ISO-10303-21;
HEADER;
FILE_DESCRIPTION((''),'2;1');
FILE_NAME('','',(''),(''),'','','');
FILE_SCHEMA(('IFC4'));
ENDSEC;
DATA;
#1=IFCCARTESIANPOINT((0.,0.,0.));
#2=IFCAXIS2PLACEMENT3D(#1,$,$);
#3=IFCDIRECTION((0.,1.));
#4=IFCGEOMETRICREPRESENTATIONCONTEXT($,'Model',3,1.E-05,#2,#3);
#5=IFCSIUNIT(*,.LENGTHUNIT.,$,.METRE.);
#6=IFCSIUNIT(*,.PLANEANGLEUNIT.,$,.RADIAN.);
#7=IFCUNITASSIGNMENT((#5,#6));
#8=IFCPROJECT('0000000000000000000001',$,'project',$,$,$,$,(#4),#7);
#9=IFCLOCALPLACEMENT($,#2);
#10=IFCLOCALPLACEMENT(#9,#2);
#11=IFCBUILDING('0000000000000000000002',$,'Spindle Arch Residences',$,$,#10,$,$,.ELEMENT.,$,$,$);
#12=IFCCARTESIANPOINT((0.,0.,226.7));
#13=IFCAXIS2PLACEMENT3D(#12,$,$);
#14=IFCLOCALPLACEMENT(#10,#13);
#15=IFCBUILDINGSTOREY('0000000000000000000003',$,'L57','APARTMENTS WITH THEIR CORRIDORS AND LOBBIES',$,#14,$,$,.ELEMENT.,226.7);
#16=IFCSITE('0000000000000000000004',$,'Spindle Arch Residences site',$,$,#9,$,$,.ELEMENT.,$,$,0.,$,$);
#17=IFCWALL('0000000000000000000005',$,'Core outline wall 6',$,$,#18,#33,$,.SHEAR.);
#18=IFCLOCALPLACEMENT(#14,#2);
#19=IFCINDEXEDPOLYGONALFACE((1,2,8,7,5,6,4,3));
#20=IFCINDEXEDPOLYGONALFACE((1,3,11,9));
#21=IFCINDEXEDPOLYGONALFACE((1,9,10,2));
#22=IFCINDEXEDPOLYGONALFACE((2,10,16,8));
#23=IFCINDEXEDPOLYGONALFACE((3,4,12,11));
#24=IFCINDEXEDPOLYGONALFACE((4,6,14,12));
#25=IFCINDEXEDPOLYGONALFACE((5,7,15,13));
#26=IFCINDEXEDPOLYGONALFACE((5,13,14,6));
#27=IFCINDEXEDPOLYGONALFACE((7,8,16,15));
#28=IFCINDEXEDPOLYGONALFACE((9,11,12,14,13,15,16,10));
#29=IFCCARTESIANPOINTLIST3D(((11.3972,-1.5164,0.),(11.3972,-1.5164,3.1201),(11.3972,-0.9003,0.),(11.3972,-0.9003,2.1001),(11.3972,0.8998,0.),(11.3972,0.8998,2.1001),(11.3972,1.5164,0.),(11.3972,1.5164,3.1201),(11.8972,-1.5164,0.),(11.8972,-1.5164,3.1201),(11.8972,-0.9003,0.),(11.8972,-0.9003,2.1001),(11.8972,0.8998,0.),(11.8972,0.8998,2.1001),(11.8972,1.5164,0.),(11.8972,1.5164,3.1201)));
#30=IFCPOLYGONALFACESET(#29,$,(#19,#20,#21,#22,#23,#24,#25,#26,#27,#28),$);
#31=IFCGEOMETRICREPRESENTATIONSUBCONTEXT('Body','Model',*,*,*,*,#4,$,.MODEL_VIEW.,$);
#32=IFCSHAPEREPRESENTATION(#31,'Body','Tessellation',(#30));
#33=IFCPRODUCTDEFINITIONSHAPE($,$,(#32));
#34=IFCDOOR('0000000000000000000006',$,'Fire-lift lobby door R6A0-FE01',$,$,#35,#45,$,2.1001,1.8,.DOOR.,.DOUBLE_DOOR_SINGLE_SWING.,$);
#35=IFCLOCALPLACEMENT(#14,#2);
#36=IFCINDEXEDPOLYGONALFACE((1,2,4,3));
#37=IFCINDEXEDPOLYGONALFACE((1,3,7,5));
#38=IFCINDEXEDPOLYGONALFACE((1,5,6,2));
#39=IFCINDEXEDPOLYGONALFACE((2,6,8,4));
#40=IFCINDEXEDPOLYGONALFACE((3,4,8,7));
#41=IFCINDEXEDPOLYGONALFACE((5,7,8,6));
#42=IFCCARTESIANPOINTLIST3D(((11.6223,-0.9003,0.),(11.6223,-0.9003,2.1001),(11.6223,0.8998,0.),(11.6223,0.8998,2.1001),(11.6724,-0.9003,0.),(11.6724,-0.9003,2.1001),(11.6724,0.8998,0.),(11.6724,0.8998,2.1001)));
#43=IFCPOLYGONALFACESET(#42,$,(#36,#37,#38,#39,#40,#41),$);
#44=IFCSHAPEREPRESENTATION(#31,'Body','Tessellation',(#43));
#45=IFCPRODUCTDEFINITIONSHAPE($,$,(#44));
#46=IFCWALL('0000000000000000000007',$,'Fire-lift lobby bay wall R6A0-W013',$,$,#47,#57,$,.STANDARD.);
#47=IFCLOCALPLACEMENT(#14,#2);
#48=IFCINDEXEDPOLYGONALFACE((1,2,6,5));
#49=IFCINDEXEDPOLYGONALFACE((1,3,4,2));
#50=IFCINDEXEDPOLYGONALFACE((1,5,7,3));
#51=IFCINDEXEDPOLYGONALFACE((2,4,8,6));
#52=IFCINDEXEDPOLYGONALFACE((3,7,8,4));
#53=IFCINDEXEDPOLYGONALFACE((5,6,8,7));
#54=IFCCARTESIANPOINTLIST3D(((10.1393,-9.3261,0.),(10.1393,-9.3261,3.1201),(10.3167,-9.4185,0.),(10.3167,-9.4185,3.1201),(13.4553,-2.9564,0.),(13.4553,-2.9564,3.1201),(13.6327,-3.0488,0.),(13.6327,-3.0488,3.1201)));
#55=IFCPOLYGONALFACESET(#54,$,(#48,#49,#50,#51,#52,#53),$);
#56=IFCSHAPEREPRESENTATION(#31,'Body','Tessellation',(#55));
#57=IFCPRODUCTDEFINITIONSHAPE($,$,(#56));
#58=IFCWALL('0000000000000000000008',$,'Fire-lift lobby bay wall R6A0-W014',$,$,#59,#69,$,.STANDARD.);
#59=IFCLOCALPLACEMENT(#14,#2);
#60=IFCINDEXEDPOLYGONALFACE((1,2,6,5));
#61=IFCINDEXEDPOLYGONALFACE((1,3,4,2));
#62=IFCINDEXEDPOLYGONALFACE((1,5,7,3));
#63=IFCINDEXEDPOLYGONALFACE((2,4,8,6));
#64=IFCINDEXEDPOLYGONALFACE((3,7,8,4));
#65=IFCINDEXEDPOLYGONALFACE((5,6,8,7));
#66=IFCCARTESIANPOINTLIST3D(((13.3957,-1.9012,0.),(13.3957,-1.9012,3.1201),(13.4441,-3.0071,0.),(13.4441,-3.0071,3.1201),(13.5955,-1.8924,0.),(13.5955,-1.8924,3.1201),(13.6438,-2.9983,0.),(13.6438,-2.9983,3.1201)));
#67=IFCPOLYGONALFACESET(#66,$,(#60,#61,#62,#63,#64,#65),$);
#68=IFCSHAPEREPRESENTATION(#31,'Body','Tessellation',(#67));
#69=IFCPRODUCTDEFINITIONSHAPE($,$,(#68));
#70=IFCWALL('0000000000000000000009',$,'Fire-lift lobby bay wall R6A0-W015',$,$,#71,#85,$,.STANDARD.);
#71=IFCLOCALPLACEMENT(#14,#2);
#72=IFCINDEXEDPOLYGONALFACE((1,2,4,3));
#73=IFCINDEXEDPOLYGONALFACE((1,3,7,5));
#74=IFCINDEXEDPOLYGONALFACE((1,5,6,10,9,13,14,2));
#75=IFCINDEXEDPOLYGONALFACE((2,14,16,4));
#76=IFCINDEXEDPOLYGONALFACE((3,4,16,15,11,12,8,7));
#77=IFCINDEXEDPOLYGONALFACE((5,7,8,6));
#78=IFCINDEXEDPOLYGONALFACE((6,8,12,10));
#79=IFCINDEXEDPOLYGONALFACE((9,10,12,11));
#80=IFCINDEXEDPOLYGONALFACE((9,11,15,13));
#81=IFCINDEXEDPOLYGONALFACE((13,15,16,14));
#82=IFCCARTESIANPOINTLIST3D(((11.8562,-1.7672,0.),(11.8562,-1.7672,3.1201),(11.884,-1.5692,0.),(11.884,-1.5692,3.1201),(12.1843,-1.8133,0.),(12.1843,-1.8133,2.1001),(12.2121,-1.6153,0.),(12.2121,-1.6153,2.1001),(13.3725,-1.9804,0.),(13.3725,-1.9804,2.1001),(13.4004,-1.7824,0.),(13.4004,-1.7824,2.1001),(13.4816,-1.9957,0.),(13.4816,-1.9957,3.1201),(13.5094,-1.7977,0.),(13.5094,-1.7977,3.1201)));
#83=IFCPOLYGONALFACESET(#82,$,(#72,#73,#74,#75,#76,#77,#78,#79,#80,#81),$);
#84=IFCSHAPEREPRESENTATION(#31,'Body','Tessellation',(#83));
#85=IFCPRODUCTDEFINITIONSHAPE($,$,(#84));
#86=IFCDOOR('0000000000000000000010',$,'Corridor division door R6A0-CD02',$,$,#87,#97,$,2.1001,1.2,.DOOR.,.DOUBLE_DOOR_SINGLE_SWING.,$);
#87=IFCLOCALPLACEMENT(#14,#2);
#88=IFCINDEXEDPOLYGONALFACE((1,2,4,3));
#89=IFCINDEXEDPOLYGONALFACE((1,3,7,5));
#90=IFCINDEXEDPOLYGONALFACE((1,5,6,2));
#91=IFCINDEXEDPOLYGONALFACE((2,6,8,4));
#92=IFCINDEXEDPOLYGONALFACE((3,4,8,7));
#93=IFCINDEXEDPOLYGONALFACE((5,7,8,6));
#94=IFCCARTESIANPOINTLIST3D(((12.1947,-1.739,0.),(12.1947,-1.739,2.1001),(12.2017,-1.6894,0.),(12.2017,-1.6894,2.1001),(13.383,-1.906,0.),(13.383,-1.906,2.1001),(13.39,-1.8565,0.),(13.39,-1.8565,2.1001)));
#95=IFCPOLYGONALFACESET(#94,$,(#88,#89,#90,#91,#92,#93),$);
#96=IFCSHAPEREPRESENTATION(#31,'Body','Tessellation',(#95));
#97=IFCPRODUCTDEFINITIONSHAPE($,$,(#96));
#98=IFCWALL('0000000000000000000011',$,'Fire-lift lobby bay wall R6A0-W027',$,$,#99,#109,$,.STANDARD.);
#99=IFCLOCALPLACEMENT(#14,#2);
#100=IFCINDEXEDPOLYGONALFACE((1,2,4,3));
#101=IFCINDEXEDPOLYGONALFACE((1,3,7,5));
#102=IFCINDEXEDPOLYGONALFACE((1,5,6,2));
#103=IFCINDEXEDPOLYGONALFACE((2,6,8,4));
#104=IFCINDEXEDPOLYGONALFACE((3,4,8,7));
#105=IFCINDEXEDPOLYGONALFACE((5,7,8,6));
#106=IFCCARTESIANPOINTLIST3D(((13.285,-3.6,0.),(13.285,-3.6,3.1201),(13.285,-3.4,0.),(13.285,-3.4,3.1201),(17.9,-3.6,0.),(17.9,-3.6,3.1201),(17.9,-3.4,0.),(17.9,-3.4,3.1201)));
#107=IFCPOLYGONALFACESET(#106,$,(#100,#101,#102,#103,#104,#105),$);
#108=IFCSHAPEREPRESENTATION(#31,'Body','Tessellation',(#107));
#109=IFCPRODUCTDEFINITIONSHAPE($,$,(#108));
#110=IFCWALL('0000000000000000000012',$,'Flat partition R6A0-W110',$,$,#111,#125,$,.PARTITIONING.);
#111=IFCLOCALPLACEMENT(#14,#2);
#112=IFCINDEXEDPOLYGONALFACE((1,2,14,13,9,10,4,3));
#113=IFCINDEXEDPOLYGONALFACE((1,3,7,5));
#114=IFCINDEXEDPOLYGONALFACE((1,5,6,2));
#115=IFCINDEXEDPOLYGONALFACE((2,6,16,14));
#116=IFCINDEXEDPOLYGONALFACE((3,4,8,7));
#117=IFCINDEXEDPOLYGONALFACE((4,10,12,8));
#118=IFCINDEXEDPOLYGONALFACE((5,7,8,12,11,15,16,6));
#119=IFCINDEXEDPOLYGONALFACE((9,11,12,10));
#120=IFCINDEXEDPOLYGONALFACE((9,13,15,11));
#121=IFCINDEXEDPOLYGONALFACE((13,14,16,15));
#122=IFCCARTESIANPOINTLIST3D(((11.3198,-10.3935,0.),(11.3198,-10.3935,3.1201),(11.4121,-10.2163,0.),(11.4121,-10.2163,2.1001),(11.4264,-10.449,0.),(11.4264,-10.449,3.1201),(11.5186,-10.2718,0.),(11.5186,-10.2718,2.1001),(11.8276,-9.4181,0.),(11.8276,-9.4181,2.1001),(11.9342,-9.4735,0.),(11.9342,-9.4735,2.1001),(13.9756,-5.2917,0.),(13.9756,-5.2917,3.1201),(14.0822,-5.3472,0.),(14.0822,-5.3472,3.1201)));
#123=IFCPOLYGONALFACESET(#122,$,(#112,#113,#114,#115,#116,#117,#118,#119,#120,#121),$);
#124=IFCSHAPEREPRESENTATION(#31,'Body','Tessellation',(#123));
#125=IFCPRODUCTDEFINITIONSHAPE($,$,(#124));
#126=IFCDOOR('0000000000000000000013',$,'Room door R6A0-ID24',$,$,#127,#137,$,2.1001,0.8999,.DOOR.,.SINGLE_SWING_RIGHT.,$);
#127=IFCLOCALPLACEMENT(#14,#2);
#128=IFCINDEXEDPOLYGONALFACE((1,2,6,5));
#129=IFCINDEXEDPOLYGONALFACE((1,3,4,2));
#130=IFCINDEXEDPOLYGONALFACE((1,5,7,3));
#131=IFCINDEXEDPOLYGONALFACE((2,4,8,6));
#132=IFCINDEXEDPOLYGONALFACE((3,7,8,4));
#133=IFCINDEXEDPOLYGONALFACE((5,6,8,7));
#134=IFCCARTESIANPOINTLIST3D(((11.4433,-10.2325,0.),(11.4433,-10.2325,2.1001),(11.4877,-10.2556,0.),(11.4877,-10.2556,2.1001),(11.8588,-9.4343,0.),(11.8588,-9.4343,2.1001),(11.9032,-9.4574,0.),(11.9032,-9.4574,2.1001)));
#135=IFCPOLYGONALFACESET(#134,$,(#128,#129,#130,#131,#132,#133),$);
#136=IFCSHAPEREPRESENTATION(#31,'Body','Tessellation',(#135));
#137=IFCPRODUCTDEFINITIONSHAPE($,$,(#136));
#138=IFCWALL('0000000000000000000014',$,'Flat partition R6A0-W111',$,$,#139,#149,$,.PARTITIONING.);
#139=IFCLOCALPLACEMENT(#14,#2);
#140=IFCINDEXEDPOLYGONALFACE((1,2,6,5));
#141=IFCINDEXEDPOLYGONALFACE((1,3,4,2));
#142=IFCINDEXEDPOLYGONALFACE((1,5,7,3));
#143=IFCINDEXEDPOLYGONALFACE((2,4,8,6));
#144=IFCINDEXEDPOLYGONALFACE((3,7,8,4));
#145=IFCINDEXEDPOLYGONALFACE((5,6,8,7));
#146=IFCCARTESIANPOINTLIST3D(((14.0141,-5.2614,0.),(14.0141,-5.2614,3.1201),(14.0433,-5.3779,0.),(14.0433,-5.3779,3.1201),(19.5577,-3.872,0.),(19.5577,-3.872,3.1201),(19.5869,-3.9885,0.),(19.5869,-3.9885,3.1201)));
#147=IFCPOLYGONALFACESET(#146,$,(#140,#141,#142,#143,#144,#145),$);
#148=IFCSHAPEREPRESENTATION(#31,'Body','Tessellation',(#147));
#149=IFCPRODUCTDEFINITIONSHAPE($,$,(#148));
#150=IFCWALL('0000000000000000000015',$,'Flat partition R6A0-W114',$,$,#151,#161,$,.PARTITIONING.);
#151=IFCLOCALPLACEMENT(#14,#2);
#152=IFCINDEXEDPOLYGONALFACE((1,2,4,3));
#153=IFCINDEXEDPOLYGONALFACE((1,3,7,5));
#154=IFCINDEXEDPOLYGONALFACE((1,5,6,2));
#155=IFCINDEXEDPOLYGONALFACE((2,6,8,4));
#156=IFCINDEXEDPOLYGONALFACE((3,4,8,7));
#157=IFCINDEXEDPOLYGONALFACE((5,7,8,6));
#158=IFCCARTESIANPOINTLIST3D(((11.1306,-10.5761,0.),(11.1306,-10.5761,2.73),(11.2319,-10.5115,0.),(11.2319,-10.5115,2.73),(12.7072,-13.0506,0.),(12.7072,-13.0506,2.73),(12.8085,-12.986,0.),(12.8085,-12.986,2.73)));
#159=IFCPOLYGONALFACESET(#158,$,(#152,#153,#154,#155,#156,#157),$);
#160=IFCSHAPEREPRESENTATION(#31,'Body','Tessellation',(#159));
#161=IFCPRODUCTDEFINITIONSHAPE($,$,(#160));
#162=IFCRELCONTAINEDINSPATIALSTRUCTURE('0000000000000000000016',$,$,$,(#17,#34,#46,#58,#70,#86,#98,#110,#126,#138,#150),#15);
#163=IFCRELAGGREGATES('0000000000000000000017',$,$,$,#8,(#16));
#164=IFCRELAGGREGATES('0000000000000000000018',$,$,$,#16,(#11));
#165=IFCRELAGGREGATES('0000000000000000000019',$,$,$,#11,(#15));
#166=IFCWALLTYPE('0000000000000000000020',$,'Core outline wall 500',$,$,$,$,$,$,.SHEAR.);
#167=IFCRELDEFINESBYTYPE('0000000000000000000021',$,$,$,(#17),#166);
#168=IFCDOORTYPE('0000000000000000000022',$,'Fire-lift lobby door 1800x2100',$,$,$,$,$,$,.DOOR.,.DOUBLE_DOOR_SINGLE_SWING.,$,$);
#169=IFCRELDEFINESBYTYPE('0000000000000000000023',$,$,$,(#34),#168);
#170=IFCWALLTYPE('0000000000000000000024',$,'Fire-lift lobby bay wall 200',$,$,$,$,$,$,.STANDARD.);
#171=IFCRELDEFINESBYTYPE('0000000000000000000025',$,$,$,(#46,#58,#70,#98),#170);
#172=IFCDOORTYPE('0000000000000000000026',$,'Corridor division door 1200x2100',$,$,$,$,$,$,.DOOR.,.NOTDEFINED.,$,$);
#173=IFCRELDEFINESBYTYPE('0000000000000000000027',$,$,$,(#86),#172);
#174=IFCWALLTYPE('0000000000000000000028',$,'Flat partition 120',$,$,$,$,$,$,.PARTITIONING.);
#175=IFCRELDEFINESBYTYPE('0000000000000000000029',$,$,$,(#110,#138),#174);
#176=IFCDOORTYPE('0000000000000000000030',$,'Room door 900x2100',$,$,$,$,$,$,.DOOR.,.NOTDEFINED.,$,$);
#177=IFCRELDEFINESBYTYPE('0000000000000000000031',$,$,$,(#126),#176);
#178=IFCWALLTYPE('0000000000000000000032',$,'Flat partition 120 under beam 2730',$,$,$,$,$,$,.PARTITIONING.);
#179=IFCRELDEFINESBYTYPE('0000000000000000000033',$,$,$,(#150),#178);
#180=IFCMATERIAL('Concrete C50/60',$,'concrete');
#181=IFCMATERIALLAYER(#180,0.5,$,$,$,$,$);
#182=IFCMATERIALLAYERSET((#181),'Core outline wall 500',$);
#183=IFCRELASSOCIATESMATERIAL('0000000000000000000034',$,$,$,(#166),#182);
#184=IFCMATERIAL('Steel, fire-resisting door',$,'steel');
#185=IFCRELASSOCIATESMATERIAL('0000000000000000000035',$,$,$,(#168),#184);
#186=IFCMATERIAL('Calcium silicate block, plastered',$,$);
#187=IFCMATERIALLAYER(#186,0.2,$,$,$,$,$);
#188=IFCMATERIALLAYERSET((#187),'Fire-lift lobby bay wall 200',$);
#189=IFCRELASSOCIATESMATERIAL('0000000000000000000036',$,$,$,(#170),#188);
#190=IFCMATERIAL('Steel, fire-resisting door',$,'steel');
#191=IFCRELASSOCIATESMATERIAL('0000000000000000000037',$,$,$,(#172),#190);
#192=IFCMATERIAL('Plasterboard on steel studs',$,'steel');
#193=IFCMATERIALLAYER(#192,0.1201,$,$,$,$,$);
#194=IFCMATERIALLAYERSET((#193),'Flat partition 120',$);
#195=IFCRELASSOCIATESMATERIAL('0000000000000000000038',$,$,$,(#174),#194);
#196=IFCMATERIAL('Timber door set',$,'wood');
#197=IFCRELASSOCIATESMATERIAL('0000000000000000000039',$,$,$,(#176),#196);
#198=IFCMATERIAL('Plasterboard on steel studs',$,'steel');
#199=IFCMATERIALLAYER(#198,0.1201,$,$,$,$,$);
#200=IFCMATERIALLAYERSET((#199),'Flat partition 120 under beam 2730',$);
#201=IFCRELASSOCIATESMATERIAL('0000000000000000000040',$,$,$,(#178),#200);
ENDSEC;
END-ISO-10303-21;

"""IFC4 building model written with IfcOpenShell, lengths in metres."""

from ifc_helpers import new_model, si_unit, direction, frame, frame_2d, origin, place, context, subcontext, project, spatial, rectangle, extrude, material, layer, layer_set, type_object, element, fill, save


model = new_model("IFC4")

# Units and contexts
model_context = context("Model", 3, precision=1e-05, world=origin(), true_north=direction((0.0, 1.0)))
body_context = subcontext(model_context, "Body", "Model", "MODEL_VIEW")
ifc_project = project(units=[si_unit("LENGTHUNIT", "METRE"), si_unit("PLANEANGLEUNIT", "RADIAN")], contexts=[model_context])

# Site, building, storey
site_placement = place(None, origin())
site = spatial("IfcSite", under=ifc_project, at=site_placement, Name="Spindle Arch Residences site", CompositionType="ELEMENT", RefElevation=0.0)
building_placement = place(site_placement, origin())
building = spatial("IfcBuilding", under=site, at=building_placement, Name="Spindle Arch Residences", CompositionType="ELEMENT")
storey_placement = place(building_placement, frame((0.0, 0.0, 226.7)))
storey = spatial("IfcBuildingStorey", under=building, at=storey_placement, Name="L57", Description="APARTMENTS WITH THEIR CORRIDORS AND LOBBIES", CompositionType="ELEMENT", Elevation=226.7)

# Shared definitions
ifc_material_1 = material(Name="Concrete C50/60", Category="concrete")
ifc_layer_1 = layer(ifc_material_1, 0.5)
ifc_layer_set_1 = layer_set([ifc_layer_1], Name="Core outline wall 500")
wall_type_1 = type_object("IfcWallType", Name="Core outline wall 500", PredefinedType="SHEAR", material=ifc_layer_set_1)

# Wall, opening, door
wall_1_placement = place(storey_placement, frame((11.6472, -1.5164, 0.0), z_axis=(0.0, 0.0, 1.0), x_axis=(0.0, 1.0, 0.0)))
wall_1 = element("IfcWall", 1, at=wall_1_placement, inside=storey, type_object=wall_type_1, Name="Core outline wall 6", PredefinedType="SHEAR", context=body_context, shape_type="SweptSolid", body=[
    extrude(rectangle(XDim=3.0327, YDim=0.5, at=frame_2d((1.5164, 0.0))), origin(), (0.0, 0.0, 1.0), 3.1201),
])
opening_1_placement = place(wall_1_placement, frame((0.6162, 0.0, 0.0)))
opening_1 = element("IfcOpeningElement", 2, at=opening_1_placement, cuts=wall_1, PredefinedType="OPENING", context=body_context, shape_type="SweptSolid", body=[
    extrude(rectangle(XDim=1.8, YDim=2.1001, at=frame_2d((0.8999, 1.05))), frame((0.0, 0.26, 0.0), z_axis=(0.0, -1.0, 0.0), x_axis=(1.0, 0.0, 0.0)), (0.0, 0.0, 1.0), 0.52),
])
ifc_material_2 = material(Name="Steel, fire-resisting door", Category="steel")
door_type_1 = type_object("IfcDoorType", Name="Fire-lift lobby door 1800x2100", OperationType="DOUBLE_DOOR_SINGLE_SWING", PredefinedType="DOOR", material=ifc_material_2)
door_1_placement = place(opening_1_placement, origin())
door_1 = element("IfcDoor", 3, at=door_1_placement, inside=storey, type_object=door_type_1, Name="Fire-lift lobby door R6A0-FE01", OperationType="DOUBLE_DOOR_SINGLE_SWING", OverallHeight=2.1001, OverallWidth=1.8, PredefinedType="DOOR", context=body_context, shape_type="SweptSolid", body=[
    extrude(rectangle(XDim=1.8, YDim=2.1001, at=frame_2d((0.8999, 1.05))), frame((0.0, 0.0249, 0.0), z_axis=(0.0, -1.0, 0.0), x_axis=(1.0, 0.0, 0.0)), (0.0, 0.0, 1.0), 0.05),
])
fill(opening_1, door_1)

# Walls
ifc_material_3 = material(Name="Calcium silicate block, plastered")
ifc_layer_2 = layer(ifc_material_3, 0.2)
ifc_layer_set_2 = layer_set([ifc_layer_2], Name="Fire-lift lobby bay wall 200")
wall_type_2 = type_object("IfcWallType", Name="Fire-lift lobby bay wall 200", PredefinedType="STANDARD", material=ifc_layer_set_2)
wall_2_placement = place(storey_placement, frame((10.228, -9.3723, 0.0), z_axis=(0.0, 0.0, 1.0), x_axis=(0.461759, 0.887005, 0.0)))
element("IfcWall", 4, at=wall_2_placement, inside=storey, type_object=wall_type_2, Name="Fire-lift lobby bay wall R6A0-W013", PredefinedType="STANDARD", context=body_context, shape_type="SweptSolid", body=[
    extrude(rectangle(XDim=7.1812, YDim=0.2, at=frame_2d((3.5906, 0.0))), origin(), (0.0, 0.0, 1.0), 3.1201),
])
wall_3_placement = place(storey_placement, frame((13.5439, -3.0027, 0.0), z_axis=(0.0, 0.0, 1.0), x_axis=(-0.043667, 0.999046, 0.0)))
element("IfcWall", 5, at=wall_3_placement, inside=storey, type_object=wall_type_2, Name="Fire-lift lobby bay wall R6A0-W014", PredefinedType="STANDARD", context=body_context, shape_type="SweptSolid", body=[
    extrude(rectangle(XDim=1.1069, YDim=0.2, at=frame_2d((0.5535, 0.0))), origin(), (0.0, 0.0, 1.0), 3.1201),
])

# Wall, opening, door
wall_4_placement = place(storey_placement, frame((13.4956, -1.8967, 0.0), z_axis=(0.0, 0.0, 1.0), x_axis=(-0.990262, 0.139214, 0.0)))
wall_4 = element("IfcWall", 6, at=wall_4_placement, inside=storey, type_object=wall_type_2, Name="Fire-lift lobby bay wall R6A0-W015", PredefinedType="STANDARD", context=body_context, shape_type="SweptSolid", body=[
    extrude(rectangle(XDim=1.6414, YDim=0.2, at=frame_2d((0.8208, 0.0))), origin(), (0.0, 0.0, 1.0), 3.1201),
])
opening_2_placement = place(wall_4_placement, frame((0.1101, 0.0, 0.0)))
opening_2 = element("IfcOpeningElement", 7, at=opening_2_placement, cuts=wall_4, PredefinedType="OPENING", context=body_context, shape_type="SweptSolid", body=[
    extrude(rectangle(XDim=1.2, YDim=2.1001, at=frame_2d((0.6001, 1.05))), frame((0.0, 0.1099, 0.0), z_axis=(0.0, -1.0, 0.0), x_axis=(1.0, 0.0, 0.0)), (0.0, 0.0, 1.0), 0.22),
])
ifc_material_4 = material(Name="Steel, fire-resisting door", Category="steel")
door_type_2 = type_object("IfcDoorType", Name="Corridor division door 1200x2100", OperationType="NOTDEFINED", PredefinedType="DOOR", material=ifc_material_4)
door_2_placement = place(opening_2_placement, origin())
door_2 = element("IfcDoor", 8, at=door_2_placement, inside=storey, type_object=door_type_2, Name="Corridor division door R6A0-CD02", OperationType="DOUBLE_DOOR_SINGLE_SWING", OverallHeight=2.1001, OverallWidth=1.2, PredefinedType="DOOR", context=body_context, shape_type="SweptSolid", body=[
    extrude(rectangle(XDim=1.2, YDim=2.1001, at=frame_2d((0.6001, 1.05))), frame((0.0, 0.0249, 0.0), z_axis=(0.0, -1.0, 0.0), x_axis=(1.0, 0.0, 0.0)), (0.0, 0.0, 1.0), 0.05),
])
fill(opening_2, door_2)

# Wall
wall_5_placement = place(storey_placement, frame((13.2849, -3.5, 0.0), z_axis=(0.0, 0.0, 1.0), x_axis=(1.0, 0.0, 0.0)))
element("IfcWall", 9, at=wall_5_placement, inside=storey, type_object=wall_type_2, Name="Fire-lift lobby bay wall R6A0-W027", PredefinedType="STANDARD", context=body_context, shape_type="SweptSolid", body=[
    extrude(rectangle(XDim=4.615, YDim=0.2, at=frame_2d((2.3076, 0.0))), origin(), (0.0, 0.0, 1.0), 3.1201),
])

# Wall, opening, door
ifc_material_5 = material(Name="Plasterboard on steel studs", Category="steel")
ifc_layer_3 = layer(ifc_material_5, 0.1201)
ifc_layer_set_3 = layer_set([ifc_layer_3], Name="Flat partition 120")
wall_type_3 = type_object("IfcWallType", Name="Flat partition 120", PredefinedType="PARTITIONING", material=ifc_layer_set_3)
wall_6_placement = place(storey_placement, frame((11.373, -10.4214, 0.0), z_axis=(0.0, 0.0, 1.0), x_axis=(0.461739, 0.887016, 0.0)))
wall_6 = element("IfcWall", 10, at=wall_6_placement, inside=storey, type_object=wall_type_3, Name="Flat partition R6A0-W110", PredefinedType="PARTITIONING", context=body_context, shape_type="SweptSolid", body=[
    extrude(rectangle(XDim=5.7517, YDim=0.1201, at=frame_2d((2.876, 0.0))), origin(), (0.0, 0.0, 1.0), 3.1201),
])
opening_3_placement = place(wall_6_placement, frame((0.2, 0.0, 0.0)))
opening_3 = element("IfcOpeningElement", 11, at=opening_3_placement, cuts=wall_6, PredefinedType="OPENING", context=body_context, shape_type="SweptSolid", body=[
    extrude(rectangle(XDim=0.8999, YDim=2.1001, at=frame_2d((0.45, 1.05))), frame((0.0, 0.0701, 0.0), z_axis=(0.0, -1.0, 0.0), x_axis=(1.0, 0.0, 0.0)), (0.0, 0.0, 1.0), 0.1401),
])
ifc_material_6 = material(Name="Timber door set", Category="wood")
door_type_3 = type_object("IfcDoorType", Name="Room door 900x2100", OperationType="NOTDEFINED", PredefinedType="DOOR", material=ifc_material_6)
door_3_placement = place(opening_3_placement, origin())
door_3 = element("IfcDoor", 12, at=door_3_placement, inside=storey, type_object=door_type_3, Name="Room door R6A0-ID24", OperationType="SINGLE_SWING_RIGHT", OverallHeight=2.1001, OverallWidth=0.8999, PredefinedType="DOOR", context=body_context, shape_type="SweptSolid", body=[
    extrude(rectangle(XDim=0.8999, YDim=2.1001, at=frame_2d((0.45, 1.05))), frame((0.0, 0.0249, 0.0), z_axis=(0.0, -1.0, 0.0), x_axis=(1.0, 0.0, 0.0)), (0.0, 0.0, 1.0), 0.05),
])
fill(opening_3, door_3)

# Walls
wall_7_placement = place(storey_placement, frame((14.0288, -5.3196, 0.0), z_axis=(0.0, 0.0, 1.0), x_axis=(0.969999, 0.243109, 0.0)))
element("IfcWall", 13, at=wall_7_placement, inside=storey, type_object=wall_type_3, Name="Flat partition R6A0-W111", PredefinedType="PARTITIONING", context=body_context, shape_type="SweptSolid", body=[
    extrude(rectangle(XDim=5.7151, YDim=0.1201, at=frame_2d((2.8574, 0.0))), origin(), (0.0, 0.0, 1.0), 3.1201),
])
ifc_material_7 = material(Name="Plasterboard on steel studs", Category="steel")
ifc_layer_4 = layer(ifc_material_7, 0.1201)
ifc_layer_set_4 = layer_set([ifc_layer_4], Name="Flat partition 120 under beam 2730")
wall_type_4 = type_object("IfcWallType", Name="Flat partition 120 under beam 2730", PredefinedType="PARTITIONING", material=ifc_layer_set_4)
wall_8_placement = place(storey_placement, frame((12.7578, -13.0183, 0.0), z_axis=(0.0, 0.0, 1.0), x_axis=(-0.537338, 0.843367, 0.0)))
element("IfcWall", 14, at=wall_8_placement, inside=storey, type_object=wall_type_4, Name="Flat partition R6A0-W114", PredefinedType="PARTITIONING", context=body_context, shape_type="SweptSolid", body=[
    extrude(rectangle(XDim=2.9341, YDim=0.1201, at=frame_2d((1.467, 0.0))), origin(), (0.0, 0.0, 1.0), 2.73),
])

save(model, "model.ifc")
